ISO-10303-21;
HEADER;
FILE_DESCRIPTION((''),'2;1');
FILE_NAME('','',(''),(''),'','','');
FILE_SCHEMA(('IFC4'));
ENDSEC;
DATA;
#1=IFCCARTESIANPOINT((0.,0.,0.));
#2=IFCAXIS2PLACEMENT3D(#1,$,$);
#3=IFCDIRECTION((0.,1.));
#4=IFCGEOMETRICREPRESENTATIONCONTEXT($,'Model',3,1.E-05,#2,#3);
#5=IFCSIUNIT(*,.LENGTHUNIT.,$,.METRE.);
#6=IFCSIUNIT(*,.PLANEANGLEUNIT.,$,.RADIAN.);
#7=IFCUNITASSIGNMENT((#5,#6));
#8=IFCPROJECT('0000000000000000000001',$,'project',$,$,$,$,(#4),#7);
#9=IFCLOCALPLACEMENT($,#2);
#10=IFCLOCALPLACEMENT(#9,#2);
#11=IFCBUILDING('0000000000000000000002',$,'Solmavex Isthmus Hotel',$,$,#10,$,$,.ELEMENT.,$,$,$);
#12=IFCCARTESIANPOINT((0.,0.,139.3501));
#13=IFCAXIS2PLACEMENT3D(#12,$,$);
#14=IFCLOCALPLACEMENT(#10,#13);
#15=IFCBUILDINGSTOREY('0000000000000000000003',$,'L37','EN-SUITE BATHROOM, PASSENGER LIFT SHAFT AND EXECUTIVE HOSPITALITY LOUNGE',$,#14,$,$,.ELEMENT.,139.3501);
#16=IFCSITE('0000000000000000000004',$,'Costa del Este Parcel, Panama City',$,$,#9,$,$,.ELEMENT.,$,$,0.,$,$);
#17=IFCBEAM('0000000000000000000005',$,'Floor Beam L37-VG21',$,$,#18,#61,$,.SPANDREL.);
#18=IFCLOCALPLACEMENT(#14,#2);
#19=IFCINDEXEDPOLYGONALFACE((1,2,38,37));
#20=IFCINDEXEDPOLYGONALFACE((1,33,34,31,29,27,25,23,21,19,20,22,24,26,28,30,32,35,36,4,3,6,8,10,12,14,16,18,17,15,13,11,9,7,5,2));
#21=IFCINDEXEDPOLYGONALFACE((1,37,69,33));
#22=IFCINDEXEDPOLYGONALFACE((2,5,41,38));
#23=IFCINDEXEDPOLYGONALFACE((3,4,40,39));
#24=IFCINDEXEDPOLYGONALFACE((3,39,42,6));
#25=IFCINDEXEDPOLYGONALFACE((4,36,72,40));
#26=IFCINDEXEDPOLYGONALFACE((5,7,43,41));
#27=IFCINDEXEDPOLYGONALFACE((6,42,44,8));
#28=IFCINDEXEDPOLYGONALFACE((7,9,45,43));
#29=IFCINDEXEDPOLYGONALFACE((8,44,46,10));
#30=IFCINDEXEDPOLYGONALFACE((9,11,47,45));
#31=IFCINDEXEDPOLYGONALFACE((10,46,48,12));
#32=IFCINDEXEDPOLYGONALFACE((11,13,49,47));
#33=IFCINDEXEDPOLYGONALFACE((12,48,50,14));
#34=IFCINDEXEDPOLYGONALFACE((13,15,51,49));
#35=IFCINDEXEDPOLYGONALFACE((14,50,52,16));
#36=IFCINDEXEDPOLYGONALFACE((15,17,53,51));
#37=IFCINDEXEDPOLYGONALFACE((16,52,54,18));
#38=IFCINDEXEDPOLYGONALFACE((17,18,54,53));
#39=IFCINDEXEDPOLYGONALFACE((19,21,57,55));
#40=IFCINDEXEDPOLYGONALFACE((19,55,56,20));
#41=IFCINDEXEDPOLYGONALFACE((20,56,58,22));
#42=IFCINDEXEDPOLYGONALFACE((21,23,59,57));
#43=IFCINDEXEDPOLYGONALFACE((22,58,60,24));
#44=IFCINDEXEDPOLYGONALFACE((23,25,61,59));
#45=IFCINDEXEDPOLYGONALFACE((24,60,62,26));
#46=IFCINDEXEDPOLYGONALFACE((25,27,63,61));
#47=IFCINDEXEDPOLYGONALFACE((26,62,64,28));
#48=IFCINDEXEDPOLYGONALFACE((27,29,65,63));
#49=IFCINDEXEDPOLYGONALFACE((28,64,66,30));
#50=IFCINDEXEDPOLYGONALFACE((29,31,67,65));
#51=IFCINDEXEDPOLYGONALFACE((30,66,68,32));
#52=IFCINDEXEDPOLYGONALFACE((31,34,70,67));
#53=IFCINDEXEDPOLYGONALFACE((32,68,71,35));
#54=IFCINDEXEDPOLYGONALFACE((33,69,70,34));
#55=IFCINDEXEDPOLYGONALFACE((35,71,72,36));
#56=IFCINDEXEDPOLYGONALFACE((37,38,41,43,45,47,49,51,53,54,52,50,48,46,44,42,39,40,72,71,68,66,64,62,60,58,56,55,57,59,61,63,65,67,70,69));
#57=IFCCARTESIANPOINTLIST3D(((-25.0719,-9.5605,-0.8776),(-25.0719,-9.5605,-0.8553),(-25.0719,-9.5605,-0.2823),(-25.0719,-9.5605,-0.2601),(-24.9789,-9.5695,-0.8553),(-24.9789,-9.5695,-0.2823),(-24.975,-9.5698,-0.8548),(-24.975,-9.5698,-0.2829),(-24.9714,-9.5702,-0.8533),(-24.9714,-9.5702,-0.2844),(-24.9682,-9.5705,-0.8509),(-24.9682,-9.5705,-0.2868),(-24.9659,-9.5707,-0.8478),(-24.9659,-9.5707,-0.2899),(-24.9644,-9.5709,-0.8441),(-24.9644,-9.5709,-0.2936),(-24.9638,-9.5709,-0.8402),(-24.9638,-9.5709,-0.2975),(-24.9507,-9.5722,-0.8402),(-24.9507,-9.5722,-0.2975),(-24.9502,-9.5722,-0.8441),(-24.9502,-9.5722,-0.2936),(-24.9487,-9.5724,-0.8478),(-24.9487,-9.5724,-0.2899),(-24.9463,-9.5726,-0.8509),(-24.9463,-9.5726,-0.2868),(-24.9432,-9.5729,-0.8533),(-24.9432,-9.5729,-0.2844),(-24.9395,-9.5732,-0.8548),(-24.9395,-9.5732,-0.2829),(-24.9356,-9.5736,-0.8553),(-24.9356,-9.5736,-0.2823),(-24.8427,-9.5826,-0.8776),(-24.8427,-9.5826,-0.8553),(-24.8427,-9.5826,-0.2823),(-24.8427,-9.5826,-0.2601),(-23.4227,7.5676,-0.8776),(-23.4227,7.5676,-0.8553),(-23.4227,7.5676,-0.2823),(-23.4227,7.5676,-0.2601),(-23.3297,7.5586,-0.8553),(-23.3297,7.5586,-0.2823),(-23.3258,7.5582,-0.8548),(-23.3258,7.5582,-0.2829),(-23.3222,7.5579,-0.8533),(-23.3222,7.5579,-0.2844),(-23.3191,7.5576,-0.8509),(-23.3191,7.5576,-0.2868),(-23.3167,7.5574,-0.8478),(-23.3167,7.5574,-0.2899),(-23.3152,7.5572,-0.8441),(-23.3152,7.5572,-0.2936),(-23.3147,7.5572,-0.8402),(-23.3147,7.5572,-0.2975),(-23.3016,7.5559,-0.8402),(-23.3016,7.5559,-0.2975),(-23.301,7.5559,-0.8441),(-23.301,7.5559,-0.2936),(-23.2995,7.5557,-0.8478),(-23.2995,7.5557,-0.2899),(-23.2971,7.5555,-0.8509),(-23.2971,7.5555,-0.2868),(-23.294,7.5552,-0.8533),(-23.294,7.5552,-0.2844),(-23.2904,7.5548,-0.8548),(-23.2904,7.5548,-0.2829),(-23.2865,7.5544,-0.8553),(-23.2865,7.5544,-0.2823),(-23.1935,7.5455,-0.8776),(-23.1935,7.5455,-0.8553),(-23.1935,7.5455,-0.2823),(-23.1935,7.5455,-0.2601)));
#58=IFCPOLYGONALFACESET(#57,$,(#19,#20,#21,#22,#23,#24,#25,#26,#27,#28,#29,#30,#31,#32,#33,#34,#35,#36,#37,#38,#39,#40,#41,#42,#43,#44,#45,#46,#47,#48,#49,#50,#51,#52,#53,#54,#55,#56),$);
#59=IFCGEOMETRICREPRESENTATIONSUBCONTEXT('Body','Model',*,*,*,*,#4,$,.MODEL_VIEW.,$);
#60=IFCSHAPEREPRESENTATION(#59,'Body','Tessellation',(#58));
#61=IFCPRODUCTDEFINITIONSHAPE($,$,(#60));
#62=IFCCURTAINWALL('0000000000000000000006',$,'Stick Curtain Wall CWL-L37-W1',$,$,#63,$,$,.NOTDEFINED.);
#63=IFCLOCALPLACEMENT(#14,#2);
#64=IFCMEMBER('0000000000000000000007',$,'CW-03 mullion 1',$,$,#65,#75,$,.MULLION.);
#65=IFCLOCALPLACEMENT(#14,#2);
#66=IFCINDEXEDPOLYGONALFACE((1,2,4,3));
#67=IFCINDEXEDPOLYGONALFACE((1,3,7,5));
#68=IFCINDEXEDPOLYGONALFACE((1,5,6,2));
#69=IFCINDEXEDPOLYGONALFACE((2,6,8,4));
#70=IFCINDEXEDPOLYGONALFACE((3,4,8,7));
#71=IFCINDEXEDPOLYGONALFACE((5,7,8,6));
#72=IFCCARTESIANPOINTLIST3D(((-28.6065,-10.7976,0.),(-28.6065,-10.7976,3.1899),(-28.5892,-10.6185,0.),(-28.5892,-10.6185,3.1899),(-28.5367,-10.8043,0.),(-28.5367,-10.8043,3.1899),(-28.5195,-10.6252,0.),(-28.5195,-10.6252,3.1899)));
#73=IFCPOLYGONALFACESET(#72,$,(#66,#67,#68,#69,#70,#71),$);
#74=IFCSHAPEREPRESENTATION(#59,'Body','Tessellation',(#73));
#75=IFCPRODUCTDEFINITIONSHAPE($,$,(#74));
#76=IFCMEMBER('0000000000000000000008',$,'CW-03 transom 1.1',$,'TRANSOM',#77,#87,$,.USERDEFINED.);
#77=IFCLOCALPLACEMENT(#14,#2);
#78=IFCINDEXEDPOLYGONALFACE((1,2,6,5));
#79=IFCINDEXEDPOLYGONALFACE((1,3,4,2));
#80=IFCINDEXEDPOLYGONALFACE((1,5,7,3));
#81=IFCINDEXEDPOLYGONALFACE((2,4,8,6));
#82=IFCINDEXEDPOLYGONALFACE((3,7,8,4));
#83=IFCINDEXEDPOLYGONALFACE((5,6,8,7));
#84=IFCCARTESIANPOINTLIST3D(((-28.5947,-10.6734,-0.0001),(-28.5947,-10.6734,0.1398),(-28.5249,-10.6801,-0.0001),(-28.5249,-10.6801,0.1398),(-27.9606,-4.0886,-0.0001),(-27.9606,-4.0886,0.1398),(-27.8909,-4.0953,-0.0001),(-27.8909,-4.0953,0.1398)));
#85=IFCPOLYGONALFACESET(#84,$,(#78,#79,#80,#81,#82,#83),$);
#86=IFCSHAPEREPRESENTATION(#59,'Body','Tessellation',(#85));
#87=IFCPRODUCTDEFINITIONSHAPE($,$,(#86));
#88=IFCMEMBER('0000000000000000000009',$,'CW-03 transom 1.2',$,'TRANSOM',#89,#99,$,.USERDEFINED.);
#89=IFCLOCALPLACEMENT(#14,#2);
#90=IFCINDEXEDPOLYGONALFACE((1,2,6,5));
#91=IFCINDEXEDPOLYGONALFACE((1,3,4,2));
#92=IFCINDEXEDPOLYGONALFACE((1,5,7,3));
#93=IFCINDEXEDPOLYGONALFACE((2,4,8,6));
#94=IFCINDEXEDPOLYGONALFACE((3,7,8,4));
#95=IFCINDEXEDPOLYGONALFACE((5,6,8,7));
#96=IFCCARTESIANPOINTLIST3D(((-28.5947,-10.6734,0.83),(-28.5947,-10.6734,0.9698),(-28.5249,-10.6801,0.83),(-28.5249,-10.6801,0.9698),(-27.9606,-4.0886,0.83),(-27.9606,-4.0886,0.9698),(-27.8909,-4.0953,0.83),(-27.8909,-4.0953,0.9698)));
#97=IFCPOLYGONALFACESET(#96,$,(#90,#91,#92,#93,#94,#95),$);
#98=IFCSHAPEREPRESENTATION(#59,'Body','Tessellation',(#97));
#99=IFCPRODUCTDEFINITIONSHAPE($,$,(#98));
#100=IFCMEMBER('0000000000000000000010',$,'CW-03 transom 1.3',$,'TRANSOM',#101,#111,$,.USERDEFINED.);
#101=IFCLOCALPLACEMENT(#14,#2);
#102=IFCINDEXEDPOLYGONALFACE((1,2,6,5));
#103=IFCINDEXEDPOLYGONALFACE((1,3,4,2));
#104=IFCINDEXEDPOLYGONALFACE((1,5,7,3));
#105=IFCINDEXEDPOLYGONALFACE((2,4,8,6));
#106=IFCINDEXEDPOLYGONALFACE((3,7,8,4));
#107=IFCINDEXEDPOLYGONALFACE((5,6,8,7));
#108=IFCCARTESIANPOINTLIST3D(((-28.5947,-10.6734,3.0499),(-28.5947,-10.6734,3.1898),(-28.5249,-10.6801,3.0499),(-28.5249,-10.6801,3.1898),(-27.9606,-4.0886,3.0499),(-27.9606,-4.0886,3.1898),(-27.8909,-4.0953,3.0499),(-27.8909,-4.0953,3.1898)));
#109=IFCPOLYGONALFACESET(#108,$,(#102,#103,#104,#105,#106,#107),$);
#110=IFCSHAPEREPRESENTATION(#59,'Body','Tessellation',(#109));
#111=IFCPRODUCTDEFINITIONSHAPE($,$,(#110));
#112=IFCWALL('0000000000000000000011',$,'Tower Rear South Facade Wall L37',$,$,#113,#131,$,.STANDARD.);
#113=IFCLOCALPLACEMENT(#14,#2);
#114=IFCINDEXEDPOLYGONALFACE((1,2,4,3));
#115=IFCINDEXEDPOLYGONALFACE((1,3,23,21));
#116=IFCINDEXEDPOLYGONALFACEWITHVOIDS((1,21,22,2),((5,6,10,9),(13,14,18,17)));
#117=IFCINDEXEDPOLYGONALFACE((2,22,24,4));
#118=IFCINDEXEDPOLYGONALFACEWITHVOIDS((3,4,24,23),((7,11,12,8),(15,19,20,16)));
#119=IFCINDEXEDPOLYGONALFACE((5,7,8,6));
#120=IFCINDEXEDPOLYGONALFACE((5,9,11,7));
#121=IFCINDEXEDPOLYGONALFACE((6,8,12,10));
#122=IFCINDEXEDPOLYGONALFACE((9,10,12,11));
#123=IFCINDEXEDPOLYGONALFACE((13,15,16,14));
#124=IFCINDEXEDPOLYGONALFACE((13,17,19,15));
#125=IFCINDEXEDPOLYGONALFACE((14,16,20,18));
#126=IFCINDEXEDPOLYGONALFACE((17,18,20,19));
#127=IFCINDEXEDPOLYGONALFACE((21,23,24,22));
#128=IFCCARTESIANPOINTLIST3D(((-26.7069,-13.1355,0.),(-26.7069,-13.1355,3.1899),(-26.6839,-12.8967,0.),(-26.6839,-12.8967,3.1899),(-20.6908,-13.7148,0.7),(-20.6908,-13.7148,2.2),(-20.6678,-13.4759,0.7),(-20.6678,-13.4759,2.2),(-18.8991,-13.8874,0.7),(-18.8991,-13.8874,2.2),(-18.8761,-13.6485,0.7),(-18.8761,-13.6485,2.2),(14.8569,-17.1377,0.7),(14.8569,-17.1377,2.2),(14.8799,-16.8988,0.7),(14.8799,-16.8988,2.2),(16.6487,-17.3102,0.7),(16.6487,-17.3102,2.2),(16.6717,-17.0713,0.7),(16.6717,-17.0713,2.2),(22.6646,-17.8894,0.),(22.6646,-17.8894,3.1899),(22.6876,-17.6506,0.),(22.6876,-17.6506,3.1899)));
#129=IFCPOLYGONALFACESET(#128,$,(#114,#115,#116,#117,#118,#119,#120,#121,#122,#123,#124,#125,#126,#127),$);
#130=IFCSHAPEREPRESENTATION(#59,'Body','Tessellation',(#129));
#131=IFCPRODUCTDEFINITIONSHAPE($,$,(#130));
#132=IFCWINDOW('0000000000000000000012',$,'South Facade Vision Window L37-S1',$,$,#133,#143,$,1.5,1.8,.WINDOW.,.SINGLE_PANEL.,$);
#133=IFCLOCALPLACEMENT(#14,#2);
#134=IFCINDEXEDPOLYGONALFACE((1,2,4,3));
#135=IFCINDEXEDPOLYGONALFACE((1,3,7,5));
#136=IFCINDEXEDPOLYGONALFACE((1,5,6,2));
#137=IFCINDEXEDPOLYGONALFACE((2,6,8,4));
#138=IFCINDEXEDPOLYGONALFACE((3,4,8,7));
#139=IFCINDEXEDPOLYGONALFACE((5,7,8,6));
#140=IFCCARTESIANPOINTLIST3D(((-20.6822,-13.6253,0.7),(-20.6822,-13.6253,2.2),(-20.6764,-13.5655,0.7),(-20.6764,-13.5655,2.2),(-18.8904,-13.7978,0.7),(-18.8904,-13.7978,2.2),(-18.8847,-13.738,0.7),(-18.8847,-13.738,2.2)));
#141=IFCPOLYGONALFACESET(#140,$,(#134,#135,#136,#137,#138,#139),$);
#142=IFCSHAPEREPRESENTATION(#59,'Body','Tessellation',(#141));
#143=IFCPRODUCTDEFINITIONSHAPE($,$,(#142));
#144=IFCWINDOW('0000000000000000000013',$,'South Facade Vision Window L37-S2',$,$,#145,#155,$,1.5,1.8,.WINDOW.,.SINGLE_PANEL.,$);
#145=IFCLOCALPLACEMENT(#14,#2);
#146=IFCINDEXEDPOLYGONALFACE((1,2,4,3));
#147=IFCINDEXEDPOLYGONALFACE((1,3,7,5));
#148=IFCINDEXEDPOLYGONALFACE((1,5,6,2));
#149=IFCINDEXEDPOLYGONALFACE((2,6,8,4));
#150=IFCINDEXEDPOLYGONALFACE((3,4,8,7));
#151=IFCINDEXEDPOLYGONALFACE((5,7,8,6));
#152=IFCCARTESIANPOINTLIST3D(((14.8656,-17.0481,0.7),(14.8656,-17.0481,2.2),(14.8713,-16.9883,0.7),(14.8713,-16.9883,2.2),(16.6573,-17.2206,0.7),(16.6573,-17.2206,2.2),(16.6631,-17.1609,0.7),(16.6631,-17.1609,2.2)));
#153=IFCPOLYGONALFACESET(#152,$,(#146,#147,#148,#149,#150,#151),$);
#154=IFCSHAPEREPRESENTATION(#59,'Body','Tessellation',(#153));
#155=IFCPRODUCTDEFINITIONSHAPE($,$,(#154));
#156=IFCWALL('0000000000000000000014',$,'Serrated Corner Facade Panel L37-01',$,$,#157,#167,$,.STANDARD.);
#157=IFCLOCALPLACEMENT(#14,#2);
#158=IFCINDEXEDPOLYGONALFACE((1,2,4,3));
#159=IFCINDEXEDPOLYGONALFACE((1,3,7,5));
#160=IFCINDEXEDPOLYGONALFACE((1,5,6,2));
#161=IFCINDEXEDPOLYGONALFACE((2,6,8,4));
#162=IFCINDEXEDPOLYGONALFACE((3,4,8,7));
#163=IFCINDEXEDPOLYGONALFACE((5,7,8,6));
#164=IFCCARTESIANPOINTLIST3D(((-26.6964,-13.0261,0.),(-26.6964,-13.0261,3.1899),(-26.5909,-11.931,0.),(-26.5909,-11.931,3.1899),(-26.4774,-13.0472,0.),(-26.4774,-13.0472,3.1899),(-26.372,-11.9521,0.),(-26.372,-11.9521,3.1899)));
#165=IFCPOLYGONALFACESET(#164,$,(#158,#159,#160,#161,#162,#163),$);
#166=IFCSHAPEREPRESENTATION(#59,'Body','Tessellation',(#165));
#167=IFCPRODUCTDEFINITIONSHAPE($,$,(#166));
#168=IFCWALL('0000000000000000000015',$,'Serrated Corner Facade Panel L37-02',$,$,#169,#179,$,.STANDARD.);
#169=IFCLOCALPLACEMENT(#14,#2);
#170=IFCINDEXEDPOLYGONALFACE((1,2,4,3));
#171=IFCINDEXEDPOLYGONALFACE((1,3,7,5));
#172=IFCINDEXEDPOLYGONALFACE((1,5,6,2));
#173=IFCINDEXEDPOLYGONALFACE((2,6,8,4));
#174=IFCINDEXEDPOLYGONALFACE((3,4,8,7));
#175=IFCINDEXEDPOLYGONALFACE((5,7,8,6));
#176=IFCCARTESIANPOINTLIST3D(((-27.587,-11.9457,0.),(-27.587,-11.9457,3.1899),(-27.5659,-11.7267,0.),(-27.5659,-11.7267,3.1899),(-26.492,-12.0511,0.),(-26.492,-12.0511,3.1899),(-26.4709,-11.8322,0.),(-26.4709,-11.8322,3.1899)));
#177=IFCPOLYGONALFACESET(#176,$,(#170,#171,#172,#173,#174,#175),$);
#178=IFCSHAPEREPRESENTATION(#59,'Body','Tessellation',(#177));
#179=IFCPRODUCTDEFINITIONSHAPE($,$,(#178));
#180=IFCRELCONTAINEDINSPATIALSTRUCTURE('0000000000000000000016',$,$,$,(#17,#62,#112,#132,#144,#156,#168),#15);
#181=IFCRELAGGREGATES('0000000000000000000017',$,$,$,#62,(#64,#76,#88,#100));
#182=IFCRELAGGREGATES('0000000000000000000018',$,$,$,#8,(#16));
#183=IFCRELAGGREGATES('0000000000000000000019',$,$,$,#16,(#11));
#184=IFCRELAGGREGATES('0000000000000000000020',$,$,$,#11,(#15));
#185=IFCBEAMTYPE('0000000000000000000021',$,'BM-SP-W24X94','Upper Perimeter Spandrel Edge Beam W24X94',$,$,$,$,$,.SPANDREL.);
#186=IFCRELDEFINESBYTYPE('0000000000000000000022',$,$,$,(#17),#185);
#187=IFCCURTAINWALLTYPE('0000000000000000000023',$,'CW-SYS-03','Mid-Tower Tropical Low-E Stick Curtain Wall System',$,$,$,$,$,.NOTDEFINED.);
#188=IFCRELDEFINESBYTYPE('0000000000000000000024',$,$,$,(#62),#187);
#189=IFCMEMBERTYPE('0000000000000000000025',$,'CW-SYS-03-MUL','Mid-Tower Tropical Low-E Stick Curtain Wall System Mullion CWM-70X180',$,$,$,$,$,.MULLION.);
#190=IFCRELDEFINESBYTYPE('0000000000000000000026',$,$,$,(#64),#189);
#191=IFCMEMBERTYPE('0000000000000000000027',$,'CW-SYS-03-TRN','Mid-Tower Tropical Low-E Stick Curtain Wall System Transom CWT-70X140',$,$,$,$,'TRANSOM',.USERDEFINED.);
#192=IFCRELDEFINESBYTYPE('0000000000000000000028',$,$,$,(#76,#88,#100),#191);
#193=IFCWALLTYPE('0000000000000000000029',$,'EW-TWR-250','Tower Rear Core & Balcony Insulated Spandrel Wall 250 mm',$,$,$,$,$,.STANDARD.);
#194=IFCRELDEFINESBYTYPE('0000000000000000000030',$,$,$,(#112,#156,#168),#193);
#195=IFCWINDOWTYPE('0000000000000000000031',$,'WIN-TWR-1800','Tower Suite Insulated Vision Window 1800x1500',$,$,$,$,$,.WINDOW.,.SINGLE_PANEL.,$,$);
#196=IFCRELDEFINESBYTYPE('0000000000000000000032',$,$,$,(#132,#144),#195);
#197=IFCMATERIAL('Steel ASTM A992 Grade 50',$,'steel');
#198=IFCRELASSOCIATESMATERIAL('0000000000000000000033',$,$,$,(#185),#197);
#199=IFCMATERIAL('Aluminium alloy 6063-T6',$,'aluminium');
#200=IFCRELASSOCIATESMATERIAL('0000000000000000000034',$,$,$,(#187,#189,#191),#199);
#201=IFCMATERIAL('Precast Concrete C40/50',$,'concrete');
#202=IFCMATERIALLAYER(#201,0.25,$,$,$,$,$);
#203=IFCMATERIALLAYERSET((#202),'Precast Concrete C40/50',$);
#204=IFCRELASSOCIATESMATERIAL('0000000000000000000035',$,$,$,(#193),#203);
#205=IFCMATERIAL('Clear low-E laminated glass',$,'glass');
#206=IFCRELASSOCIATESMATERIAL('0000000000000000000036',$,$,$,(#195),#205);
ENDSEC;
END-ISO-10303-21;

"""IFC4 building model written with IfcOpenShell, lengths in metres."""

from ifc_helpers import new_model, si_unit, direction, frame, frame_2d, origin, origin_2d, place, context, subcontext, project, spatial, rectangle, i_section, extrude, material, layer, layer_set, material_profile, profile_set, type_object, element, fill, aggregate, save


model = new_model("IFC4")

# Units and contexts
model_context = context("Model", 3, precision=1e-05, world=origin(), true_north=direction((0.0, 1.0)))
body_context = subcontext(model_context, "Body", "Model", "MODEL_VIEW")
ifc_project = project(units=[si_unit("LENGTHUNIT", "METRE"), si_unit("PLANEANGLEUNIT", "RADIAN")], contexts=[model_context])

# Site, building, storey
site_placement = place(None, origin())
site = spatial("IfcSite", under=ifc_project, at=site_placement, Name="Costa del Este Parcel, Panama City", CompositionType="ELEMENT", RefElevation=0.0)
building_placement = place(site_placement, origin())
building = spatial("IfcBuilding", under=site, at=building_placement, Name="Solmavex Isthmus Hotel", CompositionType="ELEMENT")
storey_placement = place(building_placement, frame((0.0, 0.0, 139.3501)))
storey = spatial("IfcBuildingStorey", under=building, at=storey_placement, Name="L37", Description="EN-SUITE BATHROOM, PASSENGER LIFT SHAFT AND EXECUTIVE HOSPITALITY LOUNGE", CompositionType="ELEMENT", Elevation=139.3501)

# Beam
ifc_material_1 = material(Name="Steel ASTM A992 Grade 50", Category="steel")
ifc_material_profile_1 = material_profile(ifc_material_1, i_section(OverallWidth=0.2302, OverallDepth=0.6174, WebThickness=0.0132, FlangeThickness=0.0222, FilletRadius=0.0151, at=origin_2d()), Name="W24X94")
ifc_profile_set_1 = profile_set([ifc_material_profile_1], Name="Steel ASTM A992 Grade 50")
beam_type_1 = type_object("IfcBeamType", Name="BM-SP-W24X94", Description="Upper Perimeter Spandrel Edge Beam W24X94", PredefinedType="SPANDREL", material=ifc_profile_set_1)
beam_1_placement = place(storey_placement, frame((-24.9573, -9.5715, -0.5688), z_axis=(0.095841, 0.995397, 0.0), x_axis=(-0.995397, 0.095841, 0.0)))
element("IfcBeam", 1, at=beam_1_placement, inside=storey, type_object=beam_type_1, Name="Floor Beam L37-VG21", PredefinedType="SPANDREL", context=body_context, shape_type="SweptSolid", body=[
    extrude(i_section(OverallWidth=0.2302, OverallDepth=0.6174, WebThickness=0.0132, FlangeThickness=0.0222, FilletRadius=0.0151, at=origin_2d()), origin(), (0.0, 0.0, 1.0), 17.2073),
])

# Curtain wall, members
ifc_material_2 = material(Name="Aluminium alloy 6063-T6", Category="aluminium")
curtain_wall_type = type_object("IfcCurtainWallType", Name="CW-SYS-03", Description="Mid-Tower Tropical Low-E Stick Curtain Wall System", PredefinedType="NOTDEFINED", material=ifc_material_2)
curtain_wall_placement = place(storey_placement, origin())
curtain_wall = element("IfcCurtainWall", 2, at=curtain_wall_placement, inside=storey, type_object=curtain_wall_type, Name="Stick Curtain Wall CWL-L37-W1", PredefinedType="NOTDEFINED")
ifc_material_profile_2 = material_profile(ifc_material_2, rectangle(XDim=0.0701, YDim=0.1799, at=origin_2d()), Name="CWM-70X180")
ifc_profile_set_2 = profile_set([ifc_material_profile_2], Name="Aluminium alloy 6063-T6")
member_type_1 = type_object("IfcMemberType", Name="CW-SYS-03-MUL", Description="Mid-Tower Tropical Low-E Stick Curtain Wall System Mullion CWM-70X180", PredefinedType="MULLION", material=ifc_profile_set_2)
member_1_placement = place(storey_placement, frame((-28.563, -10.7114, 0.0), z_axis=(0.0, 0.0, 1.0), x_axis=(-0.995396, 0.095846, 0.0)))
member_1 = element("IfcMember", 3, at=member_1_placement, type_object=member_type_1, Name="CW-03 mullion 1", PredefinedType="MULLION", context=body_context, shape_type="SweptSolid", body=[
    extrude(rectangle(XDim=0.0701, YDim=0.1799, at=origin_2d()), origin(), (0.0, 0.0, 1.0), 3.1899),
])
ifc_material_profile_3 = material_profile(ifc_material_2, rectangle(XDim=0.0701, YDim=0.1399, at=origin_2d()), Name="CWT-70X140")
ifc_profile_set_3 = profile_set([ifc_material_profile_3], Name="Aluminium alloy 6063-T6")
member_type_2 = type_object("IfcMemberType", Name="CW-SYS-03-TRN", Description="Mid-Tower Tropical Low-E Stick Curtain Wall System Transom CWT-70X140", ElementType="TRANSOM", PredefinedType="USERDEFINED", material=ifc_profile_set_3)
member_2_placement = place(storey_placement, frame((-28.5598, -10.6768, 0.0698), z_axis=(0.095845, 0.995396, 0.0), x_axis=(-0.995396, 0.095845, 0.0)))
member_2 = element("IfcMember", 4, at=member_2_placement, type_object=member_type_2, Name="CW-03 transom 1.1", ObjectType="TRANSOM", PredefinedType="USERDEFINED", context=body_context, shape_type="SweptSolid", body=[
    extrude(rectangle(XDim=0.0701, YDim=0.1399, at=origin_2d()), origin(), (0.0, 0.0, 1.0), 6.6152),
])
member_3_placement = place(storey_placement, frame((-28.5598, -10.6768, 0.8999), z_axis=(0.095845, 0.995396, 0.0), x_axis=(-0.995396, 0.095845, 0.0)))
member_3 = element("IfcMember", 5, at=member_3_placement, type_object=member_type_2, Name="CW-03 transom 1.2", ObjectType="TRANSOM", PredefinedType="USERDEFINED", context=body_context, shape_type="SweptSolid", body=[
    extrude(rectangle(XDim=0.0701, YDim=0.1399, at=origin_2d()), origin(), (0.0, 0.0, 1.0), 6.6152),
])
member_4_placement = place(storey_placement, frame((-28.5598, -10.6768, 3.1199), z_axis=(0.095845, 0.995396, 0.0), x_axis=(-0.995396, 0.095845, 0.0)))
member_4 = element("IfcMember", 6, at=member_4_placement, type_object=member_type_2, Name="CW-03 transom 1.3", ObjectType="TRANSOM", PredefinedType="USERDEFINED", context=body_context, shape_type="SweptSolid", body=[
    extrude(rectangle(XDim=0.0701, YDim=0.1399, at=origin_2d()), origin(), (0.0, 0.0, 1.0), 6.6152),
])
aggregate(curtain_wall, [member_1, member_2, member_3, member_4])

# Wall, openings, windows
ifc_material_3 = material(Name="Precast Concrete C40/50", Category="concrete")
ifc_layer_1 = layer(ifc_material_3, 0.25)
ifc_layer_set_1 = layer_set([ifc_layer_1], Name="Precast Concrete C40/50")
wall_type_1 = type_object("IfcWallType", Name="EW-TWR-250", Description="Tower Rear Core & Balcony Insulated Spandrel Wall 250 mm", PredefinedType="STANDARD", material=ifc_layer_set_1)
wall_1_placement = place(storey_placement, frame((-26.6953, -13.0161, 0.0), z_axis=(0.0, 0.0, 1.0), x_axis=(0.995396, -0.095845, 0.0)))
wall_1 = element("IfcWall", 7, at=wall_1_placement, inside=storey, type_object=wall_type_1, Name="Tower Rear South Facade Wall L37", PredefinedType="STANDARD", context=body_context, shape_type="SweptSolid", body=[
    extrude(rectangle(XDim=49.5999, YDim=0.24, at=frame_2d((24.7998, 0.0))), origin(), (0.0, 0.0, 1.0), 3.1899),
])
opening_1_placement = place(wall_1_placement, frame((6.0439, 0.0, 0.7)))
opening_1 = element("IfcOpeningElement", 8, at=opening_1_placement, cuts=wall_1, PredefinedType="OPENING", context=body_context, shape_type="SweptSolid", body=[
    extrude(rectangle(XDim=1.8, YDim=1.5, at=frame_2d((0.8999, 0.75))), frame((0.0, 0.1299, 0.0), z_axis=(0.0, -1.0, 0.0), x_axis=(1.0, 0.0, 0.0)), (0.0, 0.0, 1.0), 0.26),
])
opening_2_placement = place(wall_1_placement, frame((41.7561, 0.0, 0.7)))
opening_2 = element("IfcOpeningElement", 9, at=opening_2_placement, cuts=wall_1, PredefinedType="OPENING", context=body_context, shape_type="SweptSolid", body=[
    extrude(rectangle(XDim=1.8, YDim=1.5, at=frame_2d((0.8999, 0.75))), frame((0.0, 0.1299, 0.0), z_axis=(0.0, -1.0, 0.0), x_axis=(1.0, 0.0, 0.0)), (0.0, 0.0, 1.0), 0.26),
])
ifc_material_4 = material(Name="Clear low-E laminated glass", Category="glass")
window_type = type_object("IfcWindowType", Name="WIN-TWR-1800", Description="Tower Suite Insulated Vision Window 1800x1500", PartitioningType="SINGLE_PANEL", PredefinedType="WINDOW", material=ifc_material_4)
window_1_placement = place(opening_1_placement, origin())
window_1 = element("IfcWindow", 10, at=window_1_placement, inside=storey, type_object=window_type, Name="South Facade Vision Window L37-S1", OverallHeight=1.5, OverallWidth=1.8, PartitioningType="SINGLE_PANEL", PredefinedType="WINDOW", context=body_context, shape_type="SweptSolid", body=[
    extrude(rectangle(XDim=1.8, YDim=1.5, at=frame_2d((0.8999, 0.75))), frame((0.0, 0.03, 0.0), z_axis=(0.0, -1.0, 0.0), x_axis=(1.0, 0.0, 0.0)), (0.0, 0.0, 1.0), 0.0601),
])
fill(opening_1, window_1)
window_2_placement = place(opening_2_placement, origin())
window_2 = element("IfcWindow", 11, at=window_2_placement, inside=storey, type_object=window_type, Name="South Facade Vision Window L37-S2", OverallHeight=1.5, OverallWidth=1.8, PartitioningType="SINGLE_PANEL", PredefinedType="WINDOW", context=body_context, shape_type="SweptSolid", body=[
    extrude(rectangle(XDim=1.8, YDim=1.5, at=frame_2d((0.8999, 0.75))), frame((0.0, 0.03, 0.0), z_axis=(0.0, -1.0, 0.0), x_axis=(1.0, 0.0, 0.0)), (0.0, 0.0, 1.0), 0.0601),
])
fill(opening_2, window_2)

# Walls
for number, where, z_axis, x_axis, name in (
    (12, (-26.5869, -13.0366, 0.0), (0.0, 0.0, 1.0), (0.095877, 0.995393, 0.0), "Serrated Corner Facade Panel L37-01"),
    (13, (-26.4814, -11.9417, 0.0), (0.0, 0.0, 1.0), (-0.995393, 0.095877, 0.0), "Serrated Corner Facade Panel L37-02"),
):
    element("IfcWall", number, at=place(storey_placement, frame(where, z_axis=z_axis, x_axis=x_axis)), inside=storey, type_object=wall_type_1, Name=name, PredefinedType="STANDARD", context=body_context, shape_type="SweptSolid", body=[
        extrude(rectangle(XDim=1.1001, YDim=0.22, at=frame_2d((0.55, 0.0))), origin(), (0.0, 0.0, 1.0), 3.1899),
    ])

save(model, "model.ifc")
